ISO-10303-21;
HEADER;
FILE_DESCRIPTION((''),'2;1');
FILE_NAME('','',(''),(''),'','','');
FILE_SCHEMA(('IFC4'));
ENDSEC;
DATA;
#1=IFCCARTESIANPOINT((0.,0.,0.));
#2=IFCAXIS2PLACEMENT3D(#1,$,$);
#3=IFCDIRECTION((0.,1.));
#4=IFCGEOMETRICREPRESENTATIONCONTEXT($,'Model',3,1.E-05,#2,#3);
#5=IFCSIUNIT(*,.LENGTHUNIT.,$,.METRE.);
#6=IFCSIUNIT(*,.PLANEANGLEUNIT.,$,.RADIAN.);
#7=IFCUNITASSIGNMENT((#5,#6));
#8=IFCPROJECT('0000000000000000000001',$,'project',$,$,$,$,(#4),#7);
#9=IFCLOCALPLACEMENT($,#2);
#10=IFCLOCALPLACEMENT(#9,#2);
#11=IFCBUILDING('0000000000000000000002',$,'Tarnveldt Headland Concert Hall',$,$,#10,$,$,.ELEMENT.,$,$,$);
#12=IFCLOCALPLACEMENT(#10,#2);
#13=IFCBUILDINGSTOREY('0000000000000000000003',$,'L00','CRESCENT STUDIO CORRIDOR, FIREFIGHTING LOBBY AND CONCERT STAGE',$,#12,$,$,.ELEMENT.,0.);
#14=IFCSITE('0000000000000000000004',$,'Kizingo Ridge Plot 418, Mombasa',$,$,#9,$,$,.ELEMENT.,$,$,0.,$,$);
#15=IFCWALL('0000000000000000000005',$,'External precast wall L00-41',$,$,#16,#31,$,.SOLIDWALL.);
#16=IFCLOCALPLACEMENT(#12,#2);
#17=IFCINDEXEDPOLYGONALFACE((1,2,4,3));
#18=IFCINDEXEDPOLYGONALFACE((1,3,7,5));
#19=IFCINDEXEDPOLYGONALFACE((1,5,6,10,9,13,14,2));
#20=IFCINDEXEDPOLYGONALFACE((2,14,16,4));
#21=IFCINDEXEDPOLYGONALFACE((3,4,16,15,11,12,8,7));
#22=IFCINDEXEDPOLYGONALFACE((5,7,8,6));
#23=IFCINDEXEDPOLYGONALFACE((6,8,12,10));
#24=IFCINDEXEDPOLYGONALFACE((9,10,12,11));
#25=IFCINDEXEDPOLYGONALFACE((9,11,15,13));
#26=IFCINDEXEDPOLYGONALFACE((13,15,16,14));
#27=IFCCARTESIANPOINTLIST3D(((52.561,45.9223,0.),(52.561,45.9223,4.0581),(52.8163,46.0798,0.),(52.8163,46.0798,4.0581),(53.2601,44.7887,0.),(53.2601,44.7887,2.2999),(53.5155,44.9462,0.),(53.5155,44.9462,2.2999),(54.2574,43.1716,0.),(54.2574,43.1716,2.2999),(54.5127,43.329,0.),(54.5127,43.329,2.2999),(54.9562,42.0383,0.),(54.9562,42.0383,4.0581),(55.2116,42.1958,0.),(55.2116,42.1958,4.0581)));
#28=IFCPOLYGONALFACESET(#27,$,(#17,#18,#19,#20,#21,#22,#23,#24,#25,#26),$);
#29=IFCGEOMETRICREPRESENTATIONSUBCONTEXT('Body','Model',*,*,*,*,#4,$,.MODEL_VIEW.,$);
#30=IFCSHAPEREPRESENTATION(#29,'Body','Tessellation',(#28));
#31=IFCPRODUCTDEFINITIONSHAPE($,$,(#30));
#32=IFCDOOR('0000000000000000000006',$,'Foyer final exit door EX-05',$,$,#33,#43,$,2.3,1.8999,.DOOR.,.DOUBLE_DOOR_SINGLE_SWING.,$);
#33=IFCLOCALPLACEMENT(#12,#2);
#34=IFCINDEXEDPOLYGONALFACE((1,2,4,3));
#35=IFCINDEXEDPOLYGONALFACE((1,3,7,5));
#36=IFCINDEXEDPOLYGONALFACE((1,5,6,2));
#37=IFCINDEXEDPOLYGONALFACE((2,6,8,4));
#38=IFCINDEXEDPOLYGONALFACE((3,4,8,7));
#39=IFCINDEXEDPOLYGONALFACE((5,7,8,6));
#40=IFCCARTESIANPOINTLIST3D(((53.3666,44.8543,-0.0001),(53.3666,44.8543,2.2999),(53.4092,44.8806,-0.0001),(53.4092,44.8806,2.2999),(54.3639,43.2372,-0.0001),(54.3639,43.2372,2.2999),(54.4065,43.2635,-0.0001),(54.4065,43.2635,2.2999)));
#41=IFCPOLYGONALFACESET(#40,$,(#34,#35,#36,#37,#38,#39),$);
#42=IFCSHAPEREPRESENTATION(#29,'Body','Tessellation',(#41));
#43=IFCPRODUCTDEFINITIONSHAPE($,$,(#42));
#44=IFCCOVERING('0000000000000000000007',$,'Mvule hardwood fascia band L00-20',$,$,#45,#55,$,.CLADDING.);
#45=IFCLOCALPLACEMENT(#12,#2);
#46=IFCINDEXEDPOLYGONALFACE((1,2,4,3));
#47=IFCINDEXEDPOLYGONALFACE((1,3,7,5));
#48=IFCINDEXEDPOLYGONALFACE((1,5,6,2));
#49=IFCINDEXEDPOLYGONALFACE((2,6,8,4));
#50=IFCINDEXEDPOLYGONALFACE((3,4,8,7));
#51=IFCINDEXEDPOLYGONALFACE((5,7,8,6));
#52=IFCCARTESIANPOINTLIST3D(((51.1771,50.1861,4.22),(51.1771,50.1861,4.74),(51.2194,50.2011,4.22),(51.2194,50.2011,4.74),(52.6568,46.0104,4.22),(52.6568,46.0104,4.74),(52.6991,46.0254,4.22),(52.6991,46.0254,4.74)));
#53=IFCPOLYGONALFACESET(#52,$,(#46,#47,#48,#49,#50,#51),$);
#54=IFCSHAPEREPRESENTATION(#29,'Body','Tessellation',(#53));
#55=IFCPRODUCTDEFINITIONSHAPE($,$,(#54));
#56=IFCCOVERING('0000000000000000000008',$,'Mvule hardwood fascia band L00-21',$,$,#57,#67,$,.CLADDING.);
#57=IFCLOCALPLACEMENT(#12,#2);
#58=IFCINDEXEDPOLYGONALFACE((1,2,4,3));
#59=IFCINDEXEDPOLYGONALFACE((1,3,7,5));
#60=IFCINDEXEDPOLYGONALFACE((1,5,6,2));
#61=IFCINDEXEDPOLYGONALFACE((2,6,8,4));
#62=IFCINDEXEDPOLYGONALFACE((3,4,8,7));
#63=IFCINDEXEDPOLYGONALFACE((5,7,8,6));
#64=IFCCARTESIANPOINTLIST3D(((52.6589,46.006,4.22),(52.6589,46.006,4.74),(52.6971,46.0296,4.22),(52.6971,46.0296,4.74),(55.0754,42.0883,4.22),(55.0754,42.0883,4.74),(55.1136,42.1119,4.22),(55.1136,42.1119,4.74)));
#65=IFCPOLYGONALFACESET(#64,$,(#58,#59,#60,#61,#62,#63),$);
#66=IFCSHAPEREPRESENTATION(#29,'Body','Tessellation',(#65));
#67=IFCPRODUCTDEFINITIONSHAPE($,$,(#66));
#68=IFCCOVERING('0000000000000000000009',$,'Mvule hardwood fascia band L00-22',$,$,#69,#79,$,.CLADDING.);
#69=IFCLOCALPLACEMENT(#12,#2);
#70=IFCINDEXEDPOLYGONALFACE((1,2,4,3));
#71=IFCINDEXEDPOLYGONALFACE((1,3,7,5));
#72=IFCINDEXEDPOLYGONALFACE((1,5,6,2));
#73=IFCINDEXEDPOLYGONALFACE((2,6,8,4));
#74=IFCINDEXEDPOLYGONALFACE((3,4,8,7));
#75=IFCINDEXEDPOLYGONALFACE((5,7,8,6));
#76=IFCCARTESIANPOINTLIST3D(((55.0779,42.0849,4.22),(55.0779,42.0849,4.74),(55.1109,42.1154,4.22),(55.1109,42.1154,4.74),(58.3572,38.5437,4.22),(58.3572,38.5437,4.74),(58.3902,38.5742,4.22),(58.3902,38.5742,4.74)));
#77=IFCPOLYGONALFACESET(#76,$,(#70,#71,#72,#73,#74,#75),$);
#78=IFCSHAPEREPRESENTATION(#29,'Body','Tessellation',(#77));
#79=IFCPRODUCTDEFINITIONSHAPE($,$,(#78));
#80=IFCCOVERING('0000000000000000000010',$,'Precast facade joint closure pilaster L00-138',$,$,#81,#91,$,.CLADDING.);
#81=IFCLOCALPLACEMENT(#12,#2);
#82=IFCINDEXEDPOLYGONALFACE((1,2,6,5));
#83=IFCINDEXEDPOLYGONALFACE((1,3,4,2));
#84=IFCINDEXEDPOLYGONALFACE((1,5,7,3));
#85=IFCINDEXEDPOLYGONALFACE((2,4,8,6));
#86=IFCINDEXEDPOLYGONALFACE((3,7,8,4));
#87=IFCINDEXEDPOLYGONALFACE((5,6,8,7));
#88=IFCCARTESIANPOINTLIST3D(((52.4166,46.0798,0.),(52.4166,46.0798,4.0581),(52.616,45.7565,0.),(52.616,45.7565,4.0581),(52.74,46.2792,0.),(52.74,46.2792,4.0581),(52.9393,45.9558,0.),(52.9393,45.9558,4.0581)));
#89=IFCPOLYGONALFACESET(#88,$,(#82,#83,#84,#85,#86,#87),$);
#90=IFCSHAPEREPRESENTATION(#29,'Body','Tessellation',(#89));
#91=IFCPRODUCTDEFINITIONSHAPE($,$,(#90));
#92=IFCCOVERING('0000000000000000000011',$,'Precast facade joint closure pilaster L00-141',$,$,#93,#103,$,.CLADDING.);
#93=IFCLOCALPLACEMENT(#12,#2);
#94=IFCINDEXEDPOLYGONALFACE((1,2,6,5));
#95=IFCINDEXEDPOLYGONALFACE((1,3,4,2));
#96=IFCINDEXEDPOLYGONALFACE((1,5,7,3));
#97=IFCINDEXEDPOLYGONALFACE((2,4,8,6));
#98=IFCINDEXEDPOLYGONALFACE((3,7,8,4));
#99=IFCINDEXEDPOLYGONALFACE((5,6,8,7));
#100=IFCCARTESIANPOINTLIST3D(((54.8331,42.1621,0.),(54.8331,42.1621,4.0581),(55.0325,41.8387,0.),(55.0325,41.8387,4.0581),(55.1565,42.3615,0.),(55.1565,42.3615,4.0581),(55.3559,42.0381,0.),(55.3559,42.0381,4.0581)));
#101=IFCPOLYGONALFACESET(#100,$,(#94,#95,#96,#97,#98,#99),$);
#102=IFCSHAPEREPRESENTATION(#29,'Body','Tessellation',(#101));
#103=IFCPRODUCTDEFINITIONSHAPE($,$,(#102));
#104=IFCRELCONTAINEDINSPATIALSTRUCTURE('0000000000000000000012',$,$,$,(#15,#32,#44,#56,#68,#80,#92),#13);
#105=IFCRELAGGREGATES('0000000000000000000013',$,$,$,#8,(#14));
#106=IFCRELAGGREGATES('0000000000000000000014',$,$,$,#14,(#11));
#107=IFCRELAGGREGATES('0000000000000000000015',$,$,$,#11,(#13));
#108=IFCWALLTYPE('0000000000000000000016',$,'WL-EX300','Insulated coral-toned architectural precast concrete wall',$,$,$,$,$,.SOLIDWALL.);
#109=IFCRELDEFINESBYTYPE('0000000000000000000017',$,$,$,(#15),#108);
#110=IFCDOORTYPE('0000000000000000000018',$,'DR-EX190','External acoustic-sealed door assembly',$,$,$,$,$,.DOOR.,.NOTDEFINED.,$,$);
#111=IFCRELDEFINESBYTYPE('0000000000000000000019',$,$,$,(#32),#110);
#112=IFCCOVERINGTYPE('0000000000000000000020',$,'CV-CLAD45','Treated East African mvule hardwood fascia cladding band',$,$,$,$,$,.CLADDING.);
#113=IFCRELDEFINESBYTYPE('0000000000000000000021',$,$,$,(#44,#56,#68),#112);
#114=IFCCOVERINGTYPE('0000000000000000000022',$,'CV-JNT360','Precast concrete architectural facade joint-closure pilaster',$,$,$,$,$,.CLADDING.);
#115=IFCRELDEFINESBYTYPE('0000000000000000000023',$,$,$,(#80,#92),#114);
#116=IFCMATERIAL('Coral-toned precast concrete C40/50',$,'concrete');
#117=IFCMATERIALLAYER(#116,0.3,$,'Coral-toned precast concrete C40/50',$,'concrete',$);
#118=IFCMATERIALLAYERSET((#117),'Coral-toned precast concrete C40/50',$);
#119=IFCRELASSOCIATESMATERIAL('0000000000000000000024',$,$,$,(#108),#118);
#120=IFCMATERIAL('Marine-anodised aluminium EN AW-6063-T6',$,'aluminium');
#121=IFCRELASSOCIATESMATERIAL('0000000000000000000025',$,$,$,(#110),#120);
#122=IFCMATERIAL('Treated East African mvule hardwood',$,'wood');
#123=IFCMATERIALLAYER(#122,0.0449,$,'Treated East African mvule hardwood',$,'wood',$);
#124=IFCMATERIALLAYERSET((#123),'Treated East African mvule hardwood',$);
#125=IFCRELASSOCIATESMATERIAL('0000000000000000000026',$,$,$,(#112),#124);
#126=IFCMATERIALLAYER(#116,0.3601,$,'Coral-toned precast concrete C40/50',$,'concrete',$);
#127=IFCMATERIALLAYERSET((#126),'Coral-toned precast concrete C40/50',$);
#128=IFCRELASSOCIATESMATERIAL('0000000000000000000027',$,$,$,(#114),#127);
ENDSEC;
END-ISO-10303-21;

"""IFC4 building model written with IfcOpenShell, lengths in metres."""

from ifc_helpers import new_model, si_unit, direction, frame, frame_2d, origin, origin_2d, place, context, subcontext, project, spatial, rectangle, extrude, material, layer, layer_set, type_object, element, fill, save


model = new_model("IFC4")

# Units and contexts
model_context = context("Model", 3, precision=1e-05, world=origin(), true_north=direction((0.0, 1.0)))
body_context = subcontext(model_context, "Body", "Model", "MODEL_VIEW")
ifc_project = project(units=[si_unit("LENGTHUNIT", "METRE"), si_unit("PLANEANGLEUNIT", "RADIAN")], contexts=[model_context])

# Site, building, storey
site_placement = place(None, origin())
site = spatial("IfcSite", under=ifc_project, at=site_placement, Name="Kizingo Ridge Plot 418, Mombasa", CompositionType="ELEMENT", RefElevation=0.0)
building_placement = place(site_placement, origin())
building = spatial("IfcBuilding", under=site, at=building_placement, Name="Tarnveldt Headland Concert Hall", CompositionType="ELEMENT")
storey_placement = place(building_placement, origin())
storey = spatial("IfcBuildingStorey", under=building, at=storey_placement, Name="L00", Description="CRESCENT STUDIO CORRIDOR, FIREFIGHTING LOBBY AND CONCERT STAGE", CompositionType="ELEMENT", Elevation=0.0)

# Shared definitions
ifc_material_1 = material(Name="Marine-anodised aluminium EN AW-6063-T6", Category="aluminium")

# Wall, opening, door
ifc_material_2 = material(Name="Coral-toned precast concrete C40/50", Category="concrete")
ifc_layer_1 = layer(ifc_material_2, 0.3, Name="Coral-toned precast concrete C40/50", Category="concrete")
ifc_layer_set_1 = layer_set([ifc_layer_1], Name="Coral-toned precast concrete C40/50")
wall_type_1 = type_object("IfcWallType", Name="WL-EX300", Description="Insulated coral-toned architectural precast concrete wall", PredefinedType="SOLIDWALL", material=ifc_layer_set_1)
wall_1_placement = place(storey_placement, frame((55.084, 42.1169, 0.0), z_axis=(0.0, 0.0, 1.0), x_axis=(-0.524906, 0.85116, 0.0)))
wall_1 = element("IfcWall", 1, at=wall_1_placement, inside=storey, type_object=wall_type_1, Name="External precast wall L00-41", PredefinedType="SOLIDWALL", context=body_context, shape_type="SweptSolid", body=[
    extrude(rectangle(XDim=4.5632, YDim=0.3, at=frame_2d((2.2817, 0.0))), origin(), (0.0, 0.0, 1.0), 4.0581),
])
opening_placement = place(wall_1_placement, frame((1.3315, 0.0, 0.0)))
opening = element("IfcOpeningElement", 2, at=opening_placement, cuts=wall_1, PredefinedType="OPENING", context=body_context, shape_type="SweptSolid", body=[
    extrude(rectangle(XDim=1.8999, YDim=2.3, at=frame_2d((0.95, 1.1499))), frame((0.0, 0.1599, 0.0), z_axis=(0.0, -1.0, 0.0), x_axis=(1.0, 0.0, 0.0)), (0.0, 0.0, 1.0), 0.3201),
])
door_type = type_object("IfcDoorType", Name="DR-EX190", Description="External acoustic-sealed door assembly", OperationType="NOTDEFINED", PredefinedType="DOOR", material=ifc_material_1)
door_placement = place(opening_placement, origin())
door = element("IfcDoor", 3, at=door_placement, inside=storey, type_object=door_type, Name="Foyer final exit door EX-05", OperationType="DOUBLE_DOOR_SINGLE_SWING", OverallHeight=2.3, OverallWidth=1.8999, PredefinedType="DOOR", context=body_context, shape_type="SweptSolid", body=[
    extrude(rectangle(XDim=1.8999, YDim=2.3, at=frame_2d((0.95, 1.1499))), frame((0.0, 0.0249, 0.0), z_axis=(0.0, -1.0, 0.0), x_axis=(1.0, 0.0, 0.0)), (0.0, 0.0, 1.0), 0.05),
])
fill(opening, door)

# Coverings
ifc_material_3 = material(Name="Treated East African mvule hardwood", Category="wood")
ifc_layer_2 = layer(ifc_material_3, 0.0449, Name="Treated East African mvule hardwood", Category="wood")
ifc_layer_set_2 = layer_set([ifc_layer_2], Name="Treated East African mvule hardwood")
covering_type_1 = type_object("IfcCoveringType", Name="CV-CLAD45", Description="Treated East African mvule hardwood fascia cladding band", PredefinedType="CLADDING", material=ifc_layer_set_2)
covering_1_placement = place(storey_placement, frame((51.1982, 50.1936, 4.22), z_axis=(0.0, 0.0, 1.0), x_axis=(0.33401, -0.942569, 0.0)))
element("IfcCovering", 4, at=covering_1_placement, inside=storey, type_object=covering_type_1, Name="Mvule hardwood fascia band L00-20", PredefinedType="CLADDING", context=body_context, shape_type="SweptSolid", body=[
    extrude(rectangle(XDim=4.4302, YDim=0.0449, at=frame_2d((2.2151, 0.0))), origin(), (0.0, 0.0, 1.0), 0.52),
])
covering_2_placement = place(storey_placement, frame((52.678, 46.0178, 4.22), z_axis=(0.0, 0.0, 1.0), x_axis=(0.524979, -0.851115, 0.0)))
element("IfcCovering", 5, at=covering_2_placement, inside=storey, type_object=covering_type_1, Name="Mvule hardwood fascia band L00-21", PredefinedType="CLADDING", context=body_context, shape_type="SweptSolid", body=[
    extrude(rectangle(XDim=4.603, YDim=0.0449, at=frame_2d((2.3015, 0.0))), origin(), (0.0, 0.0, 1.0), 0.52),
])
covering_3_placement = place(storey_placement, frame((55.0945, 42.1001, 4.22), z_axis=(0.0, 0.0, 1.0), x_axis=(0.679447, -0.733724, 0.0)))
element("IfcCovering", 6, at=covering_3_placement, inside=storey, type_object=covering_type_1, Name="Mvule hardwood fascia band L00-22", PredefinedType="CLADDING", context=body_context, shape_type="SweptSolid", body=[
    extrude(rectangle(XDim=4.8264, YDim=0.0449, at=frame_2d((2.4131, 0.0))), origin(), (0.0, 0.0, 1.0), 0.52),
])
ifc_layer_3 = layer(ifc_material_2, 0.3601, Name="Coral-toned precast concrete C40/50", Category="concrete")
ifc_layer_set_3 = layer_set([ifc_layer_3], Name="Coral-toned precast concrete C40/50")
covering_type_2 = type_object("IfcCoveringType", Name="CV-JNT360", Description="Precast concrete architectural facade joint-closure pilaster", PredefinedType="CLADDING", material=ifc_layer_set_3)
for number, where, z_axis, x_axis, name in (
    (7, (52.678, 46.0178, 0.0), (0.0, 0.0, 1.0), (-0.524878, 0.851178, 0.0), "Precast facade joint closure pilaster L00-138"),
    (8, (55.0945, 42.1001, 0.0), (0.0, 0.0, 1.0), (-0.524878, 0.851178, 0.0), "Precast facade joint closure pilaster L00-141"),
):
    element("IfcCovering", number, at=place(storey_placement, frame(where, z_axis=z_axis, x_axis=x_axis)), inside=storey, type_object=covering_type_2, Name=name, PredefinedType="CLADDING", context=body_context, shape_type="SweptSolid", body=[
        extrude(rectangle(XDim=0.3799, YDim=0.3799, at=origin_2d()), origin(), (0.0, 0.0, 1.0), 4.0581),
    ])

save(model, "model.ifc")
